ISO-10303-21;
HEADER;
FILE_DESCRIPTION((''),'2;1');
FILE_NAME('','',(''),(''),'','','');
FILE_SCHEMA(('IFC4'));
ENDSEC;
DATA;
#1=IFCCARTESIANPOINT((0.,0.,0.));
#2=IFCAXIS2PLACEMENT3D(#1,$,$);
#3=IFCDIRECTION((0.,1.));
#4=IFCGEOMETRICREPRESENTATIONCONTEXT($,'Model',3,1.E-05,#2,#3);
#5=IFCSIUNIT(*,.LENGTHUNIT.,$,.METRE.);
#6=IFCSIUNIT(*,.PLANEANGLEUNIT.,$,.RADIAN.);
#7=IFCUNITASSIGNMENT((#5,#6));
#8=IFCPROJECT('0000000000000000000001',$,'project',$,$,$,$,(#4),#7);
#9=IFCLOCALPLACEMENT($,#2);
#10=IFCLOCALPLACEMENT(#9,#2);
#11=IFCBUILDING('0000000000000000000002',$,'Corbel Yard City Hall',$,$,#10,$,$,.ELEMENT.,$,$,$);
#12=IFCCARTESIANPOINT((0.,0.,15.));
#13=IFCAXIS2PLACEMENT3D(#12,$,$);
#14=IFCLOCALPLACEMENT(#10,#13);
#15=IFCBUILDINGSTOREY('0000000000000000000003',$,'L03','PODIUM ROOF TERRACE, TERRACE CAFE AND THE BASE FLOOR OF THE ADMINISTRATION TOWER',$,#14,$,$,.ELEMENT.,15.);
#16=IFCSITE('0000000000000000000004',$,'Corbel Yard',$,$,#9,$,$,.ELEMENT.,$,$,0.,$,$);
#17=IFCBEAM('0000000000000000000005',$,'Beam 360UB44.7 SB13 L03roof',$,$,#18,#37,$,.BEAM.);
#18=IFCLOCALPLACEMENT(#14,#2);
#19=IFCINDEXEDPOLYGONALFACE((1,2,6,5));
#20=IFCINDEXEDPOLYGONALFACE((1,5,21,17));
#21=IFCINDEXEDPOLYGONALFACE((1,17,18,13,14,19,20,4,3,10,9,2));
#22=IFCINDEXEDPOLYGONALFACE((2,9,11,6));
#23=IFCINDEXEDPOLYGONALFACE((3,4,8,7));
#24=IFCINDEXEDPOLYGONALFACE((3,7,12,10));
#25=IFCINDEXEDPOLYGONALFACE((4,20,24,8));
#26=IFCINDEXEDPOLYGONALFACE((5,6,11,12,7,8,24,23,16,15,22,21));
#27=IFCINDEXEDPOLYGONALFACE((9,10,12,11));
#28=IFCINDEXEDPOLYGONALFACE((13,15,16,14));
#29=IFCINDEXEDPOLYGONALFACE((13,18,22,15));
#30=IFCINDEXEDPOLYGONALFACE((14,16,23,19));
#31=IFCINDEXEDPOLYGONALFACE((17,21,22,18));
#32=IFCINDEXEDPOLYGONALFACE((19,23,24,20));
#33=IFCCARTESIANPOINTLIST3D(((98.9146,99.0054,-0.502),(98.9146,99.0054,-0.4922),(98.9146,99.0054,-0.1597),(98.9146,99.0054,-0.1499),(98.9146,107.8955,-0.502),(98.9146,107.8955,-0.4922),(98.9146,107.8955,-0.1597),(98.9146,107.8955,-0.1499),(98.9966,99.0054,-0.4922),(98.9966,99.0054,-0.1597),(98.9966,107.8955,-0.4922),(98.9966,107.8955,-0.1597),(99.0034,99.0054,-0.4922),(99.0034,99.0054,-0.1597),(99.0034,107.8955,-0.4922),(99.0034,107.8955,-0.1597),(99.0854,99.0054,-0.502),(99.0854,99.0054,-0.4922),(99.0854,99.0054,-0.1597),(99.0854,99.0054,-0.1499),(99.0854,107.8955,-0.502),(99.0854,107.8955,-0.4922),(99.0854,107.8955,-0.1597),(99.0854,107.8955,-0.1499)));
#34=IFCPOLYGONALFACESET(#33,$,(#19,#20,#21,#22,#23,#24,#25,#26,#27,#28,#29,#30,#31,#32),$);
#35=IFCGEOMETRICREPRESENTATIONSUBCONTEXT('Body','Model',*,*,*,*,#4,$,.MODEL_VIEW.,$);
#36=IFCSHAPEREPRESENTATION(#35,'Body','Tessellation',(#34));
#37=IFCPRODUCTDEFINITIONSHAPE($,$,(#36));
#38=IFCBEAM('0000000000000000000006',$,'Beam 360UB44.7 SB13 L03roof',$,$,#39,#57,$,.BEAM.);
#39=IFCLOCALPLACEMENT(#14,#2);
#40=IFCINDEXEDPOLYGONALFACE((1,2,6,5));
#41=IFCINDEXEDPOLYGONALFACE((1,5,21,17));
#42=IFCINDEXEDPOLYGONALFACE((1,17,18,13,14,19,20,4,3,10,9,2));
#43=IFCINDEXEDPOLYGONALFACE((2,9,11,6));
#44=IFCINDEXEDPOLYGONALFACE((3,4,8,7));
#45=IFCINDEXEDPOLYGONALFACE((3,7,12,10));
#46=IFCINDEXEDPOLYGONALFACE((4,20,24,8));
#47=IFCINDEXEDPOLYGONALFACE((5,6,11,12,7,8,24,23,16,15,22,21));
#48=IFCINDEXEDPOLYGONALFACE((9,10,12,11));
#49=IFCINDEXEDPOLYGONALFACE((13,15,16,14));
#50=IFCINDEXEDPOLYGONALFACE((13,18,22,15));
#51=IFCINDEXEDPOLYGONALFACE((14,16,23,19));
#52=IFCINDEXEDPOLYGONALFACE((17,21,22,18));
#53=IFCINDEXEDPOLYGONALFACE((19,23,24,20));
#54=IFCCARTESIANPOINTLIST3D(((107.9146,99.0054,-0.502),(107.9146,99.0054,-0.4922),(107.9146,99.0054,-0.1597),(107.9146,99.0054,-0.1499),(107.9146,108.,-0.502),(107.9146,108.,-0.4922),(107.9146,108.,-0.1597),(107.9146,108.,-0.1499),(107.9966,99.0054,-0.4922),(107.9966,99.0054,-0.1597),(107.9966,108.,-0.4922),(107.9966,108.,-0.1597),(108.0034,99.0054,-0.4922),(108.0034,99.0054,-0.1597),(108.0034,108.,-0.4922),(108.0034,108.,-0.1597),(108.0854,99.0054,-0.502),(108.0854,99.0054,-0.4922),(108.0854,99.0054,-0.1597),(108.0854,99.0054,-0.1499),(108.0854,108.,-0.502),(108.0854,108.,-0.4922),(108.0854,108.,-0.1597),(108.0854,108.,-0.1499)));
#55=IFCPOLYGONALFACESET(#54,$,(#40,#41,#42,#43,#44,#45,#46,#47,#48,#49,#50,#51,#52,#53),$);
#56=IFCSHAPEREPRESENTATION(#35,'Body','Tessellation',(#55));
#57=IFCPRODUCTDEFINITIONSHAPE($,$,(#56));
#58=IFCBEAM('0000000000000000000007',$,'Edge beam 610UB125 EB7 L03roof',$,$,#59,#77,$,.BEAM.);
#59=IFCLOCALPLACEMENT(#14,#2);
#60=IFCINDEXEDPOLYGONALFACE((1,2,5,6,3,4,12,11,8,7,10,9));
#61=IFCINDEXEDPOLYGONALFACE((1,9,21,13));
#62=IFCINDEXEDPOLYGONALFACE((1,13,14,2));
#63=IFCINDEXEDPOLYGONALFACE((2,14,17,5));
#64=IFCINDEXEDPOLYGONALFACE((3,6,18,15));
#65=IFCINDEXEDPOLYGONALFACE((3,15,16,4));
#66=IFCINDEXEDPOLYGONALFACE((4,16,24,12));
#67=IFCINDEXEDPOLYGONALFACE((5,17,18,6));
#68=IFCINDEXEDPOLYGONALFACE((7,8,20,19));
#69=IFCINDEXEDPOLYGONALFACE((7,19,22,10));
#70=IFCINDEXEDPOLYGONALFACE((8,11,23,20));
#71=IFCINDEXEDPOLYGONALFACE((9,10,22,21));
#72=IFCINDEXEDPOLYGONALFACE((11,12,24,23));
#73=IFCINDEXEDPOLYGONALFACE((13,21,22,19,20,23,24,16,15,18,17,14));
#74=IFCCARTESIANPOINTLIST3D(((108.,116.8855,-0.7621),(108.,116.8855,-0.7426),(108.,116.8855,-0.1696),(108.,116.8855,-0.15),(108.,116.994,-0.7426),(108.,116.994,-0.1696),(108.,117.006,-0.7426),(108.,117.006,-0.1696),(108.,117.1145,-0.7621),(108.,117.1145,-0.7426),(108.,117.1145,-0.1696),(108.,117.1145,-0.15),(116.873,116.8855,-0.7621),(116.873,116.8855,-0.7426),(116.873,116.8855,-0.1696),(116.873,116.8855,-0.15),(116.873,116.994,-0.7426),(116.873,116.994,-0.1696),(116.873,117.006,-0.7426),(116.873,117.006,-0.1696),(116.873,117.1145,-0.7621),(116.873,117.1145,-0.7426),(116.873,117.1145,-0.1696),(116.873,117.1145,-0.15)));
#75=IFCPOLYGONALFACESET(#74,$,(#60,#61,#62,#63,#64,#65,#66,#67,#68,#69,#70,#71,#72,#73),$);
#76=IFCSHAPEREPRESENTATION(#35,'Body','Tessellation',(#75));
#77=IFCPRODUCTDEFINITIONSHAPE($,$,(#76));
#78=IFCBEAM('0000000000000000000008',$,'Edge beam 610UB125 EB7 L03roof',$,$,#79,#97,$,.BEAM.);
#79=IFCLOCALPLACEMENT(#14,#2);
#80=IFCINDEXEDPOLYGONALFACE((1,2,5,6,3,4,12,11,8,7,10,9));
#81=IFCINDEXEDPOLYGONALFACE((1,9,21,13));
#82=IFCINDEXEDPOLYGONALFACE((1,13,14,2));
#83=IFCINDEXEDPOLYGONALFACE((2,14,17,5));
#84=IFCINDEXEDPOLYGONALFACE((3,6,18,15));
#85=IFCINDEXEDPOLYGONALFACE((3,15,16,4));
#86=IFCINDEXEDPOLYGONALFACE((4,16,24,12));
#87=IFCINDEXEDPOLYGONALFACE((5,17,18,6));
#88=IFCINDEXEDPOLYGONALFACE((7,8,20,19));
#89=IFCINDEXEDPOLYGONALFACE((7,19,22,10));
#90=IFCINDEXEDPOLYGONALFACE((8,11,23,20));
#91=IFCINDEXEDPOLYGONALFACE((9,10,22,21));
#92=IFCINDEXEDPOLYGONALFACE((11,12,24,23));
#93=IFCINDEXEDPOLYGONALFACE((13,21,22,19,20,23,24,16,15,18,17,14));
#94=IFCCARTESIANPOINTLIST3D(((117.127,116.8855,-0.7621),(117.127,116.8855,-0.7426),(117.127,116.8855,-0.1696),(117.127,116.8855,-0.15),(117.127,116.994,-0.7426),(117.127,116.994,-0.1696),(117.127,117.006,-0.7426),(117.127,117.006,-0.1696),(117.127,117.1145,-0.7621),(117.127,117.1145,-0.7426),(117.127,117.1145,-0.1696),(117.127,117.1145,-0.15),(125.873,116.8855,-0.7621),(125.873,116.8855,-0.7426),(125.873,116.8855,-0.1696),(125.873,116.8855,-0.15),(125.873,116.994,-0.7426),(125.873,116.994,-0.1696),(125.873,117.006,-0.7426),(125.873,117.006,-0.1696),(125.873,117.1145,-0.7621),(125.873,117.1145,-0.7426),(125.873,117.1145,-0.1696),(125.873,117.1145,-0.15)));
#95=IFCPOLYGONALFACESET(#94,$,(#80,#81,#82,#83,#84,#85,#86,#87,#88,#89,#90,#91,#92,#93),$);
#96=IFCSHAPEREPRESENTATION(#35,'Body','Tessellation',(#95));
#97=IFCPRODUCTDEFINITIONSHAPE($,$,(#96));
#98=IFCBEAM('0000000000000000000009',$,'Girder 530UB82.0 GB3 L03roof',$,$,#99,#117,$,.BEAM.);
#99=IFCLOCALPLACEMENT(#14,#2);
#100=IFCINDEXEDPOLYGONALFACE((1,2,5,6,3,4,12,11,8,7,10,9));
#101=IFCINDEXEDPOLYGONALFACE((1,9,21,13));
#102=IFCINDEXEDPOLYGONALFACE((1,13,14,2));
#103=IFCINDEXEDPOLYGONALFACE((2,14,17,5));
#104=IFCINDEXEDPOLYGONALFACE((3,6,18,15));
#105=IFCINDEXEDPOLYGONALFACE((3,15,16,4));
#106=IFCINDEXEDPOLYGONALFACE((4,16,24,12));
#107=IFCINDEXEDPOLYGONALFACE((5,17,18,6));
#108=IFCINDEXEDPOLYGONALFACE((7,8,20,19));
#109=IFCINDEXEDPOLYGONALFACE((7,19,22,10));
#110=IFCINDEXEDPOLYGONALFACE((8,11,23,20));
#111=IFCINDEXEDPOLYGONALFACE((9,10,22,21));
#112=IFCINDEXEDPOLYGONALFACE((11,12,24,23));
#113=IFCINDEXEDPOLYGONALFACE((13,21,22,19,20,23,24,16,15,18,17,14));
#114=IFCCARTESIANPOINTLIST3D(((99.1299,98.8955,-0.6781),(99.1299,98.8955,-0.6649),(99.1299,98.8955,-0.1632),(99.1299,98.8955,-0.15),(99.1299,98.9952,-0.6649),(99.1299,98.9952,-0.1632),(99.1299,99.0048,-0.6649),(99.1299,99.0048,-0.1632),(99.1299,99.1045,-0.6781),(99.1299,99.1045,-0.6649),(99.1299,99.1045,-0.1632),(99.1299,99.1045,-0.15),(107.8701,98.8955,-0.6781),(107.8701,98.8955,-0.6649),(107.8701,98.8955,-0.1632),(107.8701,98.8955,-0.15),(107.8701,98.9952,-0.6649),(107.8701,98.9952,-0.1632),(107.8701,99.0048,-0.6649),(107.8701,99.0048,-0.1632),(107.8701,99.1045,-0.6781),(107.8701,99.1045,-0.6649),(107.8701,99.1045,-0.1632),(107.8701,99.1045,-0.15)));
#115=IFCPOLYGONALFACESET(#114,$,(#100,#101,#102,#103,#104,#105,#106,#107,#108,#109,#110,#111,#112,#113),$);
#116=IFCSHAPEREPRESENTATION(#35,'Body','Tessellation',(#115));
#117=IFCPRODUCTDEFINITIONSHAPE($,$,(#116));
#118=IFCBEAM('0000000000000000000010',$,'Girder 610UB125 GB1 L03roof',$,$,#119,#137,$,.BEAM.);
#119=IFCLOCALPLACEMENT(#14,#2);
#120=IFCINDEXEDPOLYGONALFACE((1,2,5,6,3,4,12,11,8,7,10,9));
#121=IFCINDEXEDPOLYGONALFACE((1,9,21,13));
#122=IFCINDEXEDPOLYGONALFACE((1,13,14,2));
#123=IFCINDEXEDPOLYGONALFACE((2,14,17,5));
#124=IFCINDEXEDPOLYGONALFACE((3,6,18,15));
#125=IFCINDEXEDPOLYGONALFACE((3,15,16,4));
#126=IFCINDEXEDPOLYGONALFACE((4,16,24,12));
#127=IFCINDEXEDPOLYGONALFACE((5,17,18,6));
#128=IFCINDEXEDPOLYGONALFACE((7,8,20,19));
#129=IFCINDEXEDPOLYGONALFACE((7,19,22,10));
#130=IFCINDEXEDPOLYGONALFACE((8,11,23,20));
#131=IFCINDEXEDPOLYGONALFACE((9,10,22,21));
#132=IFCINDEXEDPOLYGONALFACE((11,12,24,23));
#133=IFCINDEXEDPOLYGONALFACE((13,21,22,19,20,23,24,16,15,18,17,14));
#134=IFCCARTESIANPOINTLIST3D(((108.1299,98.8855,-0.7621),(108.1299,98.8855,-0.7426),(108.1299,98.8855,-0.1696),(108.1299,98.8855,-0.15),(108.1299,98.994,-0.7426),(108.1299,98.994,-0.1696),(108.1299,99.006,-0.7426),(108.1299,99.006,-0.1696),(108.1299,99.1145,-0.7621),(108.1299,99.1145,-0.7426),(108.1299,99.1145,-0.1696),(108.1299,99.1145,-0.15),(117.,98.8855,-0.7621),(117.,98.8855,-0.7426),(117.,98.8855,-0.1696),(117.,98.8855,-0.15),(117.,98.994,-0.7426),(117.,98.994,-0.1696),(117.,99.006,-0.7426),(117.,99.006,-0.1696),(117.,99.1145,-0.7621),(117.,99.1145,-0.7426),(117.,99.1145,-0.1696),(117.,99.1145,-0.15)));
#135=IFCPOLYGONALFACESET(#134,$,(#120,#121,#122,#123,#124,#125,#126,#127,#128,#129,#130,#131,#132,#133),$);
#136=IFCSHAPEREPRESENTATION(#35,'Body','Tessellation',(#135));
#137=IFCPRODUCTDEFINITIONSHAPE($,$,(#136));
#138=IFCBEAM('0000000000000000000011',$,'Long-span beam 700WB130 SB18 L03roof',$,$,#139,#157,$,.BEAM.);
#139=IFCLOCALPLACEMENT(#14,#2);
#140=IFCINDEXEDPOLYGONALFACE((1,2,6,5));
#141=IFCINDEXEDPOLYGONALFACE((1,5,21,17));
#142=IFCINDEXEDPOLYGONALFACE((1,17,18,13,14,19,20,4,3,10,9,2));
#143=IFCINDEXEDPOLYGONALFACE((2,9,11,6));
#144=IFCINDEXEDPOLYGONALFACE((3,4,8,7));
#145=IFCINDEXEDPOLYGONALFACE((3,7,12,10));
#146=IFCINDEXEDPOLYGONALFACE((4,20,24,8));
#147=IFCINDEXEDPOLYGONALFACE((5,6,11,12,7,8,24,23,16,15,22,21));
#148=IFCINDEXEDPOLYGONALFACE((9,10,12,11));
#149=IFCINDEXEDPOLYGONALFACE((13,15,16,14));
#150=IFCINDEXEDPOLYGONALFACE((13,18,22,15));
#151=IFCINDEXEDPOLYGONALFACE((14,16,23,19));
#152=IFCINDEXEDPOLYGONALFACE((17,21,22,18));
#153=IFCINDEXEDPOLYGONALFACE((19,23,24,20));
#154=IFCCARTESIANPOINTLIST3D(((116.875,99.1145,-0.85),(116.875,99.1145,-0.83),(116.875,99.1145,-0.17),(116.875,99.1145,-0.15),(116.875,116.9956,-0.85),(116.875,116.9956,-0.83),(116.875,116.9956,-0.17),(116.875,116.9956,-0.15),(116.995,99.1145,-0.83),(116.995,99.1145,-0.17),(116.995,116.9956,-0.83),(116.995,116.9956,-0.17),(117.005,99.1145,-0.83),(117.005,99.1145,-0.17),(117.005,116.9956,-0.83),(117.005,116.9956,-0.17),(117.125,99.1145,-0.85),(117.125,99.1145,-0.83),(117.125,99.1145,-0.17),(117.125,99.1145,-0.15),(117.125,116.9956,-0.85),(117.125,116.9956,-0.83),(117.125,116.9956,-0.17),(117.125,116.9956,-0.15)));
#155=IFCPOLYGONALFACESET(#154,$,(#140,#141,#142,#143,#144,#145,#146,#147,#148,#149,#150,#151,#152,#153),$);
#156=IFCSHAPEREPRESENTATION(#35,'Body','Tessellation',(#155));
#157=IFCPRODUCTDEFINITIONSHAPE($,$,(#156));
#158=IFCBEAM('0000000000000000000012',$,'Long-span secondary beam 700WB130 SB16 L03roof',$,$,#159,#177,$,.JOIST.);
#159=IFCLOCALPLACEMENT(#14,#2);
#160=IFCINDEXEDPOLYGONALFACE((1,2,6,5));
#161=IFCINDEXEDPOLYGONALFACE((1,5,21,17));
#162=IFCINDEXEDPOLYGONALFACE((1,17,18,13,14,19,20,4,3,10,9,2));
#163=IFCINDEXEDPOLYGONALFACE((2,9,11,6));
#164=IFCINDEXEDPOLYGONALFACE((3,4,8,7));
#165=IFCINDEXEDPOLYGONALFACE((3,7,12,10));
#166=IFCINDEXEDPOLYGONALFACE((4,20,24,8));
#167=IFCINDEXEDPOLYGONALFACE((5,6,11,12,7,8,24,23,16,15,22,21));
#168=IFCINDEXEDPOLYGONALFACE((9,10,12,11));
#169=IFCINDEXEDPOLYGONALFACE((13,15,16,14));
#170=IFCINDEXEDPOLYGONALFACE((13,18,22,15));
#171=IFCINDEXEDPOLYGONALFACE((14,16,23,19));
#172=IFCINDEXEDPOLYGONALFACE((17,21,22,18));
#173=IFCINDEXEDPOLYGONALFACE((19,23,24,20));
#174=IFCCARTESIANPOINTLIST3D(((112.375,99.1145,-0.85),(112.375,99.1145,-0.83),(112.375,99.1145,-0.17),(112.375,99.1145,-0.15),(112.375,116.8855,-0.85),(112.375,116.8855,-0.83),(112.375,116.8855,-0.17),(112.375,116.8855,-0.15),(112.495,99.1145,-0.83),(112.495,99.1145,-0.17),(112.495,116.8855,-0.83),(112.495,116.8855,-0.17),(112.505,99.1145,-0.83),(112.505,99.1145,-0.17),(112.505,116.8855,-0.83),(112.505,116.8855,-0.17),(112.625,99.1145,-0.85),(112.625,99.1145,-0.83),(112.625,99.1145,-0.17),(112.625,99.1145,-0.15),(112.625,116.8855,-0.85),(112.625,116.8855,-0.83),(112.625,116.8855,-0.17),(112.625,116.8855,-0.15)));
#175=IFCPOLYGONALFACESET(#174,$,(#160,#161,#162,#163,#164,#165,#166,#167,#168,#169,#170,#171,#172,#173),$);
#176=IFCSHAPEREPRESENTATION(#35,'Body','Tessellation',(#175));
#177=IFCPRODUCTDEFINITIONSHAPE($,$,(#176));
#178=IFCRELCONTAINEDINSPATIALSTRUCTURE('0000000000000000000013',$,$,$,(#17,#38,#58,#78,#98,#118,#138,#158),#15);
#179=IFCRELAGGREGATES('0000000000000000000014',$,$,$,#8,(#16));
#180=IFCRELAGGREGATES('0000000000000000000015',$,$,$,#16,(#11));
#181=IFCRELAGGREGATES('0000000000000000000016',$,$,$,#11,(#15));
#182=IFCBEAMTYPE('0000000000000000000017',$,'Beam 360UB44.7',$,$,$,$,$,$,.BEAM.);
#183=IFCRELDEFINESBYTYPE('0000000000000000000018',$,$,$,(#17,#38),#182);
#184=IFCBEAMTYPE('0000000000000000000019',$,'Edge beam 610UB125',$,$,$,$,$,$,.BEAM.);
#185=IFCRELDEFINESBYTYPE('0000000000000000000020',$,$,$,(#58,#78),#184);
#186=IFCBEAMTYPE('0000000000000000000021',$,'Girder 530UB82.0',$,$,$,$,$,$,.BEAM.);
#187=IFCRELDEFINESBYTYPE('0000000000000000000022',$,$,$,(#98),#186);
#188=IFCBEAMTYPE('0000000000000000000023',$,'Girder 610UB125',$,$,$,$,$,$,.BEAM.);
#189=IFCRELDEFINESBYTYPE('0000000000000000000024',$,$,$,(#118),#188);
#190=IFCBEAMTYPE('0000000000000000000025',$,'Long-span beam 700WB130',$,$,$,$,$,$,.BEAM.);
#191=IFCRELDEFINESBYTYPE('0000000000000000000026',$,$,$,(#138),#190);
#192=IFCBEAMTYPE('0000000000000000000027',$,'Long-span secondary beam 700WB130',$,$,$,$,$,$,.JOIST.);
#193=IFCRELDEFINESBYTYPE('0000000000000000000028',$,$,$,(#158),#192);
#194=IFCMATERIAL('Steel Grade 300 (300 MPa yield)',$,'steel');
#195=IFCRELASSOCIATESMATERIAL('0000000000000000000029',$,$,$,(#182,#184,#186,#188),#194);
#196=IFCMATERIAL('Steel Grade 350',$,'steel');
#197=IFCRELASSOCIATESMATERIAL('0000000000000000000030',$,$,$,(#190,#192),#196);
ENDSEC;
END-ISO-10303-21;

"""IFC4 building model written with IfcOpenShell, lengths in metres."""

from ifc_helpers import new_model, si_unit, direction, frame, origin, origin_2d, place, context, subcontext, project, spatial, i_section, extrude, material, material_profile, profile_set, type_object, element, save


model = new_model("IFC4")

# Units and contexts
model_context = context("Model", 3, precision=1e-05, world=origin(), true_north=direction((0.0, 1.0)))
body_context = subcontext(model_context, "Body", "Model", "MODEL_VIEW")
ifc_project = project(units=[si_unit("LENGTHUNIT", "METRE"), si_unit("PLANEANGLEUNIT", "RADIAN")], contexts=[model_context])

# Site, building, storey
site_placement = place(None, origin())
site = spatial("IfcSite", under=ifc_project, at=site_placement, Name="Corbel Yard", CompositionType="ELEMENT", RefElevation=0.0)
building_placement = place(site_placement, origin())
building = spatial("IfcBuilding", under=site, at=building_placement, Name="Corbel Yard City Hall", CompositionType="ELEMENT")
storey_placement = place(building_placement, frame((0.0, 0.0, 15.0)))
storey = spatial("IfcBuildingStorey", under=building, at=storey_placement, Name="L03", Description="PODIUM ROOF TERRACE, TERRACE CAFE AND THE BASE FLOOR OF THE ADMINISTRATION TOWER", CompositionType="ELEMENT", Elevation=15.0)

# Beams
ifc_material_1 = material(Name="Steel Grade 300 (300 MPa yield)", Category="steel")
ifc_material_profile_1 = material_profile(ifc_material_1, i_section(OverallWidth=0.1709, OverallDepth=0.3521, WebThickness=0.0068, FlangeThickness=0.0098, at=origin_2d()), Name="360UB44.7")
ifc_profile_set_1 = profile_set([ifc_material_profile_1], Name="Steel Grade 300 (300 MPa yield)")
beam_type_1 = type_object("IfcBeamType", Name="Beam 360UB44.7", PredefinedType="BEAM", material=ifc_profile_set_1)
beam_1_placement = place(storey_placement, frame((99.0, 99.0054, -0.3259), z_axis=(0.0, 1.0, 0.0), x_axis=(-1.0, 0.0, 0.0)))
element("IfcBeam", 1, at=beam_1_placement, inside=storey, type_object=beam_type_1, Name="Beam 360UB44.7 SB13 L03roof", PredefinedType="BEAM", context=body_context, shape_type="SweptSolid", body=[
    extrude(i_section(OverallWidth=0.1709, OverallDepth=0.3521, WebThickness=0.0068, FlangeThickness=0.0098, at=origin_2d()), origin(), (0.0, 0.0, 1.0), 8.8901),
])
beam_2_placement = place(storey_placement, frame((108.0, 99.0054, -0.3259), z_axis=(0.0, 1.0, 0.0), x_axis=(-1.0, 0.0, 0.0)))
element("IfcBeam", 2, at=beam_2_placement, inside=storey, type_object=beam_type_1, Name="Beam 360UB44.7 SB13 L03roof", PredefinedType="BEAM", context=body_context, shape_type="SweptSolid", body=[
    extrude(i_section(OverallWidth=0.1709, OverallDepth=0.3521, WebThickness=0.0068, FlangeThickness=0.0098, at=origin_2d()), origin(), (0.0, 0.0, 1.0), 8.9946),
])
ifc_material_profile_2 = material_profile(ifc_material_1, i_section(OverallWidth=0.229, OverallDepth=0.6121, WebThickness=0.012, FlangeThickness=0.0195, at=origin_2d()), Name="610UB125")
ifc_profile_set_2 = profile_set([ifc_material_profile_2], Name="Steel Grade 300 (300 MPa yield)")
beam_type_2 = type_object("IfcBeamType", Name="Edge beam 610UB125", PredefinedType="BEAM", material=ifc_profile_set_2)
beam_3_placement = place(storey_placement, frame((108.0, 117.0, -0.4561), z_axis=(1.0, 0.0, 0.0), x_axis=(0.0, 1.0, 0.0)))
element("IfcBeam", 3, at=beam_3_placement, inside=storey, type_object=beam_type_2, Name="Edge beam 610UB125 EB7 L03roof", PredefinedType="BEAM", context=body_context, shape_type="SweptSolid", body=[
    extrude(i_section(OverallWidth=0.229, OverallDepth=0.6121, WebThickness=0.012, FlangeThickness=0.0195, at=origin_2d()), origin(), (0.0, 0.0, 1.0), 8.873),
])
beam_4_placement = place(storey_placement, frame((117.127, 117.0, -0.4561), z_axis=(1.0, 0.0, 0.0), x_axis=(0.0, 1.0, 0.0)))
element("IfcBeam", 4, at=beam_4_placement, inside=storey, type_object=beam_type_2, Name="Edge beam 610UB125 EB7 L03roof", PredefinedType="BEAM", context=body_context, shape_type="SweptSolid", body=[
    extrude(i_section(OverallWidth=0.229, OverallDepth=0.6121, WebThickness=0.012, FlangeThickness=0.0195, at=origin_2d()), origin(), (0.0, 0.0, 1.0), 8.7461),
])
ifc_material_profile_3 = material_profile(ifc_material_1, i_section(OverallWidth=0.209, OverallDepth=0.5281, WebThickness=0.0095, FlangeThickness=0.0132, at=origin_2d()), Name="530UB82.0")
ifc_profile_set_3 = profile_set([ifc_material_profile_3], Name="Steel Grade 300 (300 MPa yield)")
beam_type_3 = type_object("IfcBeamType", Name="Girder 530UB82.0", PredefinedType="BEAM", material=ifc_profile_set_3)
beam_5_placement = place(storey_placement, frame((99.1299, 99.0, -0.4141), z_axis=(1.0, 0.0, 0.0), x_axis=(0.0, 1.0, 0.0)))
element("IfcBeam", 5, at=beam_5_placement, inside=storey, type_object=beam_type_3, Name="Girder 530UB82.0 GB3 L03roof", PredefinedType="BEAM", context=body_context, shape_type="SweptSolid", body=[
    extrude(i_section(OverallWidth=0.209, OverallDepth=0.5281, WebThickness=0.0095, FlangeThickness=0.0132, at=origin_2d()), origin(), (0.0, 0.0, 1.0), 8.7402),
])
ifc_material_profile_4 = material_profile(ifc_material_1, i_section(OverallWidth=0.229, OverallDepth=0.6121, WebThickness=0.012, FlangeThickness=0.0195, at=origin_2d()), Name="610UB125")
ifc_profile_set_4 = profile_set([ifc_material_profile_4], Name="Steel Grade 300 (300 MPa yield)")
beam_type_4 = type_object("IfcBeamType", Name="Girder 610UB125", PredefinedType="BEAM", material=ifc_profile_set_4)
beam_6_placement = place(storey_placement, frame((108.1299, 99.0, -0.4561), z_axis=(1.0, 0.0, 0.0), x_axis=(0.0, 1.0, 0.0)))
element("IfcBeam", 6, at=beam_6_placement, inside=storey, type_object=beam_type_4, Name="Girder 610UB125 GB1 L03roof", PredefinedType="BEAM", context=body_context, shape_type="SweptSolid", body=[
    extrude(i_section(OverallWidth=0.229, OverallDepth=0.6121, WebThickness=0.012, FlangeThickness=0.0195, at=origin_2d()), origin(), (0.0, 0.0, 1.0), 8.8701),
])
ifc_material_2 = material(Name="Steel Grade 350", Category="steel")
ifc_material_profile_5 = material_profile(ifc_material_2, i_section(OverallWidth=0.25, OverallDepth=0.7, WebThickness=0.01, FlangeThickness=0.02, at=origin_2d()), Name="700WB130")
ifc_profile_set_5 = profile_set([ifc_material_profile_5], Name="Steel Grade 350")
beam_type_5 = type_object("IfcBeamType", Name="Long-span beam 700WB130", PredefinedType="BEAM", material=ifc_profile_set_5)
beam_7_placement = place(storey_placement, frame((117.0, 99.1145, -0.5), z_axis=(0.0, 1.0, 0.0), x_axis=(-1.0, 0.0, 0.0)))
element("IfcBeam", 7, at=beam_7_placement, inside=storey, type_object=beam_type_5, Name="Long-span beam 700WB130 SB18 L03roof", PredefinedType="BEAM", context=body_context, shape_type="SweptSolid", body=[
    extrude(i_section(OverallWidth=0.25, OverallDepth=0.7, WebThickness=0.01, FlangeThickness=0.02, at=origin_2d()), origin(), (0.0, 0.0, 1.0), 17.8811),
])
ifc_material_profile_6 = material_profile(ifc_material_2, i_section(OverallWidth=0.25, OverallDepth=0.7, WebThickness=0.01, FlangeThickness=0.02, at=origin_2d()), Name="700WB130")
ifc_profile_set_6 = profile_set([ifc_material_profile_6], Name="Steel Grade 350")
beam_type_6 = type_object("IfcBeamType", Name="Long-span secondary beam 700WB130", PredefinedType="JOIST", material=ifc_profile_set_6)
beam_8_placement = place(storey_placement, frame((112.5, 99.1145, -0.5), z_axis=(0.0, 1.0, 0.0), x_axis=(-1.0, 0.0, 0.0)))
element("IfcBeam", 8, at=beam_8_placement, inside=storey, type_object=beam_type_6, Name="Long-span secondary beam 700WB130 SB16 L03roof", PredefinedType="JOIST", context=body_context, shape_type="SweptSolid", body=[
    extrude(i_section(OverallWidth=0.25, OverallDepth=0.7, WebThickness=0.01, FlangeThickness=0.02, at=origin_2d()), origin(), (0.0, 0.0, 1.0), 17.771),
])

save(model, "model.ifc")
